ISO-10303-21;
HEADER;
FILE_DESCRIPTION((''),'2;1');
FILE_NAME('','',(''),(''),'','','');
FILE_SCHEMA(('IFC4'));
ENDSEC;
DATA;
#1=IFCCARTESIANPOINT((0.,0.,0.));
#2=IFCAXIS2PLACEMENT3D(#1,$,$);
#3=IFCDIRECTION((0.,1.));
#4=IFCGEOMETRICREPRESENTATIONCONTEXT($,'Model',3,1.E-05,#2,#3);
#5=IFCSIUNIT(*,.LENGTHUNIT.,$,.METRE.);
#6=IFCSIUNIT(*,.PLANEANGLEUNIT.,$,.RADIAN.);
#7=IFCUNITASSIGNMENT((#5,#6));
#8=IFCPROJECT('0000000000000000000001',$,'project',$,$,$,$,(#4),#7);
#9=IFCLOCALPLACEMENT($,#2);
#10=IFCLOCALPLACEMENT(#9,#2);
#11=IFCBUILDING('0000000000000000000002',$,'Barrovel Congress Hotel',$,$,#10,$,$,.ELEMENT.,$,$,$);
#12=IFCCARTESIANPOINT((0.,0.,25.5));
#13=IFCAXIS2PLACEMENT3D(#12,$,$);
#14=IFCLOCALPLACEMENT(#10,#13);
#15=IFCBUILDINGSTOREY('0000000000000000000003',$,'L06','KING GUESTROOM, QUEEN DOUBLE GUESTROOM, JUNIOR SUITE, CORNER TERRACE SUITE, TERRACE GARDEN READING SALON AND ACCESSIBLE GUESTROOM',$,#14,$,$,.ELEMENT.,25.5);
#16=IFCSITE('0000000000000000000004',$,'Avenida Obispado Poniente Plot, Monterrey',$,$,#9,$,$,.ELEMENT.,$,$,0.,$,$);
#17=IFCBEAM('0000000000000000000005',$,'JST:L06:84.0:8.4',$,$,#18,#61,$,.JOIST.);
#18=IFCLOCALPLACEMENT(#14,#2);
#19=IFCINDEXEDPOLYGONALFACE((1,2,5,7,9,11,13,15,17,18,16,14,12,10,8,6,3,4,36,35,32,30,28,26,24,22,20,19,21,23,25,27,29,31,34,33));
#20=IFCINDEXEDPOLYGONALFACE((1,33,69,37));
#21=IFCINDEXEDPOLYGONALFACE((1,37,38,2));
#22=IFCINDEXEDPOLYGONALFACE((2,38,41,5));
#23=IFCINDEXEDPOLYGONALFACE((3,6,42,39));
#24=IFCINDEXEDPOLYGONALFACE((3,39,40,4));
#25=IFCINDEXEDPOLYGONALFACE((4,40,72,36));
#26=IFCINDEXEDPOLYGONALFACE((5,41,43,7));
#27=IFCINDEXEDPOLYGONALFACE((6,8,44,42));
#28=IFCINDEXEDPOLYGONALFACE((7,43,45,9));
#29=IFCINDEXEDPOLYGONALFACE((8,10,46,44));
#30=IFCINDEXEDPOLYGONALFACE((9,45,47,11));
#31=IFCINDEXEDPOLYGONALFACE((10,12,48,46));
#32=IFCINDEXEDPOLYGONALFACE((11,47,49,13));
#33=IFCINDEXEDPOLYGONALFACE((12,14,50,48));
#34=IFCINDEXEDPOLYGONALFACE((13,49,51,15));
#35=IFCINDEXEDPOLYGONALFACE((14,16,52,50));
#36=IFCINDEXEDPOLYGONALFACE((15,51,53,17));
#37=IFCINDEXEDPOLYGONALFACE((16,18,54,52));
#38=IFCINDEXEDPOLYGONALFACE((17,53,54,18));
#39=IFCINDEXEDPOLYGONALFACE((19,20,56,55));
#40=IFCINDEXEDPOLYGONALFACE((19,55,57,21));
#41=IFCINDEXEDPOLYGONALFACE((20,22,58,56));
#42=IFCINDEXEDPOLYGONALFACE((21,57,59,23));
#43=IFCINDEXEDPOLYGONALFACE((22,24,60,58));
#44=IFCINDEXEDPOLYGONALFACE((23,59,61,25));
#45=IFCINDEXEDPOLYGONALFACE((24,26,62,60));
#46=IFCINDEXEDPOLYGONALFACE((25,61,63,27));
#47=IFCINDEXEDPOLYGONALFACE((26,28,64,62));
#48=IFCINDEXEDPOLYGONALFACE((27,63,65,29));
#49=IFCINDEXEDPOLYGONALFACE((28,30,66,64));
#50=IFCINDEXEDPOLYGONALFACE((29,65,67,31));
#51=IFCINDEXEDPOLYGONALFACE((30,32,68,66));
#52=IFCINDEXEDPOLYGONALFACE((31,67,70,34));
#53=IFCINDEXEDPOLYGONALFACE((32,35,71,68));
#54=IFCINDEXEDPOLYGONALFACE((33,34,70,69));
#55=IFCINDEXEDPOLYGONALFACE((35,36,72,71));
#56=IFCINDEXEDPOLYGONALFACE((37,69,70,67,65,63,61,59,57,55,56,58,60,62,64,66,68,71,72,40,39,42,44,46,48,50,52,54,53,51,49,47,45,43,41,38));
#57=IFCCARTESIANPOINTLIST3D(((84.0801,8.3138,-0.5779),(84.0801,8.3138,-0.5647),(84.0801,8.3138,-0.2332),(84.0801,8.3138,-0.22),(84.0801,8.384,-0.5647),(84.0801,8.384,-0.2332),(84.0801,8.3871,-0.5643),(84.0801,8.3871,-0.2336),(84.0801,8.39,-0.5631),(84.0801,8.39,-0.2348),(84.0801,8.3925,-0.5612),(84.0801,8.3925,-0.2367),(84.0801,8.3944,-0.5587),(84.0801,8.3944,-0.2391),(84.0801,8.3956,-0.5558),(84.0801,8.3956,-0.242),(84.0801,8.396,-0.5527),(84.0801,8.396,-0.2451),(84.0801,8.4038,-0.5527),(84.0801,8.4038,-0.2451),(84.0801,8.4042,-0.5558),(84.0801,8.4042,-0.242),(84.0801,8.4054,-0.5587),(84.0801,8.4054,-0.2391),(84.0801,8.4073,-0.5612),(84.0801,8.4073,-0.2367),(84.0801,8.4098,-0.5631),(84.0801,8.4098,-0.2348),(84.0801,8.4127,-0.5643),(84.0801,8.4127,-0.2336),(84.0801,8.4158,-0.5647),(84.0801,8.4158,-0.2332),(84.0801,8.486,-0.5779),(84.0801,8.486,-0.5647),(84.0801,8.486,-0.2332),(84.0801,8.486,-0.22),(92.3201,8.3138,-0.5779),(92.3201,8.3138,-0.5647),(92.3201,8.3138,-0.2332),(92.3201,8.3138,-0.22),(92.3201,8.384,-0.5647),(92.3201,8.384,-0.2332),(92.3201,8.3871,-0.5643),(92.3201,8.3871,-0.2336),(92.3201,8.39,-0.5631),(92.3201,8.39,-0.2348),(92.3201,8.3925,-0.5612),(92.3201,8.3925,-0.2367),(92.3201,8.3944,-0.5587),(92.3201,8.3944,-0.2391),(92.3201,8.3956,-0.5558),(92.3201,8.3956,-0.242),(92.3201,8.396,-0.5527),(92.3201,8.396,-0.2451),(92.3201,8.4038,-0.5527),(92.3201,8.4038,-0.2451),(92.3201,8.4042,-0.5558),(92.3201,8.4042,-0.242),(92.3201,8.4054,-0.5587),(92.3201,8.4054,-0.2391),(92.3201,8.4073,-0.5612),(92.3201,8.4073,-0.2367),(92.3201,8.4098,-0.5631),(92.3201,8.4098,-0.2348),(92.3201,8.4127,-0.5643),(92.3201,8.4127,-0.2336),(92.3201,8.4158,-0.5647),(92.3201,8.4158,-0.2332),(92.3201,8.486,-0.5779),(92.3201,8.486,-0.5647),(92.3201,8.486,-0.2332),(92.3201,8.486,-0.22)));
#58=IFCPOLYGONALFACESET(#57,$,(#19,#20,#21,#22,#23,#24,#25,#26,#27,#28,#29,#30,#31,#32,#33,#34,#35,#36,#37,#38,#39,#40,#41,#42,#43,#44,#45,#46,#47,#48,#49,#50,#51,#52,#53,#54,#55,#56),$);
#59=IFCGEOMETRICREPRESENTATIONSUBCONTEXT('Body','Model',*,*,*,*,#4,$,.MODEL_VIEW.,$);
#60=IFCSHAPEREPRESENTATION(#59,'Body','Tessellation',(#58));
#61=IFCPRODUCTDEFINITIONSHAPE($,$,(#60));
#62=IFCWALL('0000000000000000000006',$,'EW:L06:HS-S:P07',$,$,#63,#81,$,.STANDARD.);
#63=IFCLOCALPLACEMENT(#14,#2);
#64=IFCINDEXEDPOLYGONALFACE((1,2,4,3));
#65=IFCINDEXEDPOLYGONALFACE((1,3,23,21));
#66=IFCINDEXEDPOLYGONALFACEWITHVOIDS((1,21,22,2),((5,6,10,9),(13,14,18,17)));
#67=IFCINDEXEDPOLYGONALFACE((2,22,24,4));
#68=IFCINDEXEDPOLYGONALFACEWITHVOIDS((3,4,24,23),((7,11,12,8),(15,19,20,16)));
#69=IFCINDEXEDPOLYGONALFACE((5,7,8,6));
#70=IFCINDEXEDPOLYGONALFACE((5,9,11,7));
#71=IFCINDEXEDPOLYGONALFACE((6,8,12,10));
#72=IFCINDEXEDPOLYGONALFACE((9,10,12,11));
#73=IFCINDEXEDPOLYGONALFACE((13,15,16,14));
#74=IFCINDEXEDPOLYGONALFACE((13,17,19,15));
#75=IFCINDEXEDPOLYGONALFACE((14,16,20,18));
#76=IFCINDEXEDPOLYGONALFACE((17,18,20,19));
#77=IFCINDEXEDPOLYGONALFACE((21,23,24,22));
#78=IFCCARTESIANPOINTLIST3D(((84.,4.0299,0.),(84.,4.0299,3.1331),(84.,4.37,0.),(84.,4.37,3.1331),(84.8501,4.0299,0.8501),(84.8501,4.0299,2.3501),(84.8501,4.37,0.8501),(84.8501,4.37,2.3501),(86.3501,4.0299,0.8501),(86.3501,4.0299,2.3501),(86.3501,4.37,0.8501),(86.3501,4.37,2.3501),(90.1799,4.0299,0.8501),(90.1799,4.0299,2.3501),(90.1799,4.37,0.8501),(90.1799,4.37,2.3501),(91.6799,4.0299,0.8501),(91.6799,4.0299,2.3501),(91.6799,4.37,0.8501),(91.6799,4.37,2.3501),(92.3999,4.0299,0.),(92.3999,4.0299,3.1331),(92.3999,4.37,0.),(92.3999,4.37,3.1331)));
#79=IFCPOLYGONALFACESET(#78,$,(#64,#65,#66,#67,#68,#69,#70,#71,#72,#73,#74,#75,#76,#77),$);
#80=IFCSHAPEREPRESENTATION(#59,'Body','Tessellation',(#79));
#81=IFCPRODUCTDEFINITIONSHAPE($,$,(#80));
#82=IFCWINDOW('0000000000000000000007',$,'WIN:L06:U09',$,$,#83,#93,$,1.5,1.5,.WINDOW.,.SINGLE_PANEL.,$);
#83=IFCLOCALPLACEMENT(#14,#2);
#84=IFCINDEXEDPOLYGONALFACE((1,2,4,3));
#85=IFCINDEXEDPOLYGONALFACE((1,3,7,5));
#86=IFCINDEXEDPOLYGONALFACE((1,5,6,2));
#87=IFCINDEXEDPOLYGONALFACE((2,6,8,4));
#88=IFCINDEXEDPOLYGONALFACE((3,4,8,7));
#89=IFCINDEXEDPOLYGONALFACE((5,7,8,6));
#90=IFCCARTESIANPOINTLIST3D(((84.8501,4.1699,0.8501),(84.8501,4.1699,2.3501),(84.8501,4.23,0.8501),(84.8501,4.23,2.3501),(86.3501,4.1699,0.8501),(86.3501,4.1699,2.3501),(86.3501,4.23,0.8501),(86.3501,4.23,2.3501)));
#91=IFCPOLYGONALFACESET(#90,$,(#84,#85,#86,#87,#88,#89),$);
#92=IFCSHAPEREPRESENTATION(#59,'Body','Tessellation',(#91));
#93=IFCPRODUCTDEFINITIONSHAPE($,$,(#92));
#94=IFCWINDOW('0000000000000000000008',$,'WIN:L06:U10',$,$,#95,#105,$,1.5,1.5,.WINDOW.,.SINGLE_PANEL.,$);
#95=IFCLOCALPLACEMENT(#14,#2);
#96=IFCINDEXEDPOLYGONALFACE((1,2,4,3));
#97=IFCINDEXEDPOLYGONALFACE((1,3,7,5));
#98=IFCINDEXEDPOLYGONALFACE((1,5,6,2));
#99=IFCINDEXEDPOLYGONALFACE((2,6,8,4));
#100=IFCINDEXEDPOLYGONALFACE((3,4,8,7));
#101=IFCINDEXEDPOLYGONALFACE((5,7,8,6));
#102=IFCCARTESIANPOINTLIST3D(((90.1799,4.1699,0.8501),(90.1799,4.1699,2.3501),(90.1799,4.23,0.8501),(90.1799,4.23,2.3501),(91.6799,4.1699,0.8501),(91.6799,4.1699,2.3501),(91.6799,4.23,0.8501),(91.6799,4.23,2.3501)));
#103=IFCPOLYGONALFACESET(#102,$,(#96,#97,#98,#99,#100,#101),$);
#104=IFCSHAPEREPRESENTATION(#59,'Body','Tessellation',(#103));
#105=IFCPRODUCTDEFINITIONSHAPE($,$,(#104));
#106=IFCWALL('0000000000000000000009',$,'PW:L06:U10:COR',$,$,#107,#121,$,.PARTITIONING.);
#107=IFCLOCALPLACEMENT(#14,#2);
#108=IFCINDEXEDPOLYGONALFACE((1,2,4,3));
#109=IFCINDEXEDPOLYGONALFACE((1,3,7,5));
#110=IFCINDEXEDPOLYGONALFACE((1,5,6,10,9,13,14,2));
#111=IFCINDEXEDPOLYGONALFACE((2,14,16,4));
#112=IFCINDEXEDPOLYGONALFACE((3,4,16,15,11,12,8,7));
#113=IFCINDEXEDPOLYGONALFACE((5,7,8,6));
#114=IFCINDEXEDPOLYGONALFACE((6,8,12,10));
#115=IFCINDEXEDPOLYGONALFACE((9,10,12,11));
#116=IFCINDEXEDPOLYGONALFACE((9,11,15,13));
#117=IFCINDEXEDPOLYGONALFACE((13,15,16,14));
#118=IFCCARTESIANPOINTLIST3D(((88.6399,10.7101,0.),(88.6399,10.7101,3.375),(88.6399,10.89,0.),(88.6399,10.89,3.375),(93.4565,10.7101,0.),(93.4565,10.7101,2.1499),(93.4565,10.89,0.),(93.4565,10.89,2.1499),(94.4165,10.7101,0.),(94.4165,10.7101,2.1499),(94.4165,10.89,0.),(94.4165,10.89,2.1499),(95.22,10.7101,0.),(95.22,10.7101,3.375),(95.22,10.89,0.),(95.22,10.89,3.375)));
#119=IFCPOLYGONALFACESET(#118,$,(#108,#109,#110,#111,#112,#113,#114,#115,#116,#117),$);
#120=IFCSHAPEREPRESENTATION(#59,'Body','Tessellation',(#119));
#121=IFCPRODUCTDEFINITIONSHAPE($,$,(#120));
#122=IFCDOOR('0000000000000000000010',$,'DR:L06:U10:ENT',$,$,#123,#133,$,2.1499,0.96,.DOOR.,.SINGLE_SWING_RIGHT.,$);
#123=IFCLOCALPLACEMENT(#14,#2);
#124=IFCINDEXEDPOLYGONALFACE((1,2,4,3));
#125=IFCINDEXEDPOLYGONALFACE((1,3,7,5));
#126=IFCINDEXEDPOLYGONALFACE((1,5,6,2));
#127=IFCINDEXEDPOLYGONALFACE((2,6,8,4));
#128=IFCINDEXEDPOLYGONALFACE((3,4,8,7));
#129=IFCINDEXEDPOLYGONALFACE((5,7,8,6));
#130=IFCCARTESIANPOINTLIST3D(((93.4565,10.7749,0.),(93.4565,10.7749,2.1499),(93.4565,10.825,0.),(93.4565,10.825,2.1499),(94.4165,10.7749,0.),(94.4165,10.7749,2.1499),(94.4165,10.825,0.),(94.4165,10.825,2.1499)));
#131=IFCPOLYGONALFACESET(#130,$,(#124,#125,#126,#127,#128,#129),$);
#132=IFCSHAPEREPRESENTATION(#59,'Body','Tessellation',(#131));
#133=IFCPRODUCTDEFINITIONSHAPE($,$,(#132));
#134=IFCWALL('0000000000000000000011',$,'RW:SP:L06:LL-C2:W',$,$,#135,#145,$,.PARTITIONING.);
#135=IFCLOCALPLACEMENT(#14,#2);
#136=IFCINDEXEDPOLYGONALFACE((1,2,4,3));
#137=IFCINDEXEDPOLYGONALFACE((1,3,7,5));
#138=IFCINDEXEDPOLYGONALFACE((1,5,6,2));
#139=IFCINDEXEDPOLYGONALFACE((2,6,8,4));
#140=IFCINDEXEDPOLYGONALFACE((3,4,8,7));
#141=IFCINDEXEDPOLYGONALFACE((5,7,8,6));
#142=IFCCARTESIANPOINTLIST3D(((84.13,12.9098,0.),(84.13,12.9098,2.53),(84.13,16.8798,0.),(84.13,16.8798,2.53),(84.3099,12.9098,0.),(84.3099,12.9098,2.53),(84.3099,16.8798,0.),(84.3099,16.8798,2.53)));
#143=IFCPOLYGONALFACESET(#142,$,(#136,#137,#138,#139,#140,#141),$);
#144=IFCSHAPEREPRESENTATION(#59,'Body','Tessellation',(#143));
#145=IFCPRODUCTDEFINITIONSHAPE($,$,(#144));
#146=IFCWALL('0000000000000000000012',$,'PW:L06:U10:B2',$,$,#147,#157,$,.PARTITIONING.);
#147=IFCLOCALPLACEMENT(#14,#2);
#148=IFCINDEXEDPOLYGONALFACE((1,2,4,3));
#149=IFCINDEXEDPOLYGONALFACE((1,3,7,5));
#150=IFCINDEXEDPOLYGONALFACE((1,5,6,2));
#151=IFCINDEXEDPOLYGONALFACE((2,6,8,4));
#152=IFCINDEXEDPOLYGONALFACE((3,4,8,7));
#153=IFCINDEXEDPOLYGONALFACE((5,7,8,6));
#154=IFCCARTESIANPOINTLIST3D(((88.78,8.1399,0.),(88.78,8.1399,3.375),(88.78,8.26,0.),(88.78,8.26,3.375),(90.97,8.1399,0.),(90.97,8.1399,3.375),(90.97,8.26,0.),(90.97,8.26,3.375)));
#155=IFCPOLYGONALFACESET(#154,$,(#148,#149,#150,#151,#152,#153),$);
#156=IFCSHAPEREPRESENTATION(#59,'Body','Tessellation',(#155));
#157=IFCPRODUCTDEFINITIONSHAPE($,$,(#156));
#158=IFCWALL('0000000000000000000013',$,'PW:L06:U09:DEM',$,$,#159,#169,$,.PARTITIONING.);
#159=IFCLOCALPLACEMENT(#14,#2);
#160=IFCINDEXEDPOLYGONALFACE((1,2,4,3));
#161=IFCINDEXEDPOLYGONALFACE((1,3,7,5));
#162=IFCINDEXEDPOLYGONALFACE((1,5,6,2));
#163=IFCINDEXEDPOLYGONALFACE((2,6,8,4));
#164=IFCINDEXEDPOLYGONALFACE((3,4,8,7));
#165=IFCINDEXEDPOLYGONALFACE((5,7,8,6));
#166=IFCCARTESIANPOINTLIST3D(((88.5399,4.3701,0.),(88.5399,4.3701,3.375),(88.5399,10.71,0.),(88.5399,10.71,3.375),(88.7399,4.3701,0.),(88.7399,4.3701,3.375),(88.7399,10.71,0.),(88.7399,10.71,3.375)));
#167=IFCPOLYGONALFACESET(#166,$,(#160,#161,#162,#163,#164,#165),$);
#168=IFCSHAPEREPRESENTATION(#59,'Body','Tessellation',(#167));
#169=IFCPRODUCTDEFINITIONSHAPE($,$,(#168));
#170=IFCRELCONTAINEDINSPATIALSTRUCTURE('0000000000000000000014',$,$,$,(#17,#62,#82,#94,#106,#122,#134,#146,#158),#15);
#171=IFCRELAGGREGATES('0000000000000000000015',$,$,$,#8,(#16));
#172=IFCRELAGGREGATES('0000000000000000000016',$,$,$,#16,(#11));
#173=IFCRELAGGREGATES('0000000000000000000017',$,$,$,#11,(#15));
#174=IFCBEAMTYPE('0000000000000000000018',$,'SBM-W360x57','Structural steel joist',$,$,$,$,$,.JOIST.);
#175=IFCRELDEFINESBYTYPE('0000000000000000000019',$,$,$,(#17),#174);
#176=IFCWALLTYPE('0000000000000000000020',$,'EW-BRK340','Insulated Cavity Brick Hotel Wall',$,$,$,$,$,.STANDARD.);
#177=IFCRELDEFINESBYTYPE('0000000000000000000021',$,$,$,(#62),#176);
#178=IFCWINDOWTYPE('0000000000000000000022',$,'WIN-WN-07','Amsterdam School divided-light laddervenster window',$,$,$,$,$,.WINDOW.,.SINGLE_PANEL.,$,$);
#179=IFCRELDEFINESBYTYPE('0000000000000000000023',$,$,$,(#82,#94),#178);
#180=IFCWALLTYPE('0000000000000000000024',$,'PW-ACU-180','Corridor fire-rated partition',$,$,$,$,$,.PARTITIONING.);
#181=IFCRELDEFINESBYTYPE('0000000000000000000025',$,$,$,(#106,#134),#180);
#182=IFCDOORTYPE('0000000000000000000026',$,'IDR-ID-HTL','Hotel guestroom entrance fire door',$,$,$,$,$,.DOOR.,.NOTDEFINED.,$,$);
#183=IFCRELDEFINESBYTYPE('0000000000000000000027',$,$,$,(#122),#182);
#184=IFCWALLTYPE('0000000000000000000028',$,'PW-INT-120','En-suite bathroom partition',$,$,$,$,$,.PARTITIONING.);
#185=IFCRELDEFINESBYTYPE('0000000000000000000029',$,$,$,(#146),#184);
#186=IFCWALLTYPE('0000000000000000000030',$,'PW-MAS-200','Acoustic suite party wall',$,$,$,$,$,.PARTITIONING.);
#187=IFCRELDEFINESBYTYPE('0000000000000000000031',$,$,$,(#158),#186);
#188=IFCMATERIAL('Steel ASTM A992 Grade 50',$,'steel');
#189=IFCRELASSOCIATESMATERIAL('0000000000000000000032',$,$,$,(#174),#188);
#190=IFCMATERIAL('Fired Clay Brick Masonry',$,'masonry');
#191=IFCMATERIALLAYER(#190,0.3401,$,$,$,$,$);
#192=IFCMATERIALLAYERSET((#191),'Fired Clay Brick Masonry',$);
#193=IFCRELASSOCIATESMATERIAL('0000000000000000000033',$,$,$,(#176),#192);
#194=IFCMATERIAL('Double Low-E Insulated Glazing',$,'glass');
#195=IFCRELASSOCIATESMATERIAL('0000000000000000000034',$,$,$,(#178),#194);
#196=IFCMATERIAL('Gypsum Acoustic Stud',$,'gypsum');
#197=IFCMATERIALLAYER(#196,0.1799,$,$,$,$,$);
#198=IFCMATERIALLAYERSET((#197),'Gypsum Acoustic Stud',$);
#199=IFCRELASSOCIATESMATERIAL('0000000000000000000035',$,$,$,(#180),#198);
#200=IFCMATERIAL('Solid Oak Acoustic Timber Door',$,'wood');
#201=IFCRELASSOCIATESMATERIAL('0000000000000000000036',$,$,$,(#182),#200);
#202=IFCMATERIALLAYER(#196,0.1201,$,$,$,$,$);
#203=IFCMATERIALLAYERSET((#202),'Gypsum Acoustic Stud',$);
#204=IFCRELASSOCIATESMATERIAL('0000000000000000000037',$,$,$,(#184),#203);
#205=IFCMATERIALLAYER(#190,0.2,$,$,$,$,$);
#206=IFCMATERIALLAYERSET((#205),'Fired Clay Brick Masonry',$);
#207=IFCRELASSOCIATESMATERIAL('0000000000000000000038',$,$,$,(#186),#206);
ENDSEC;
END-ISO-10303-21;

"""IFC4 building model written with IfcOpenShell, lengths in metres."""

from ifc_helpers import new_model, si_unit, direction, frame, frame_2d, origin, origin_2d, place, context, subcontext, project, spatial, rectangle, i_section, extrude, material, layer, layer_set, material_profile, profile_set, type_object, element, fill, save


model = new_model("IFC4")

# Units and contexts
model_context = context("Model", 3, precision=1e-05, world=origin(), true_north=direction((0.0, 1.0)))
body_context = subcontext(model_context, "Body", "Model", "MODEL_VIEW")
ifc_project = project(units=[si_unit("LENGTHUNIT", "METRE"), si_unit("PLANEANGLEUNIT", "RADIAN")], contexts=[model_context])

# Site, building, storey
site_placement = place(None, origin())
site = spatial("IfcSite", under=ifc_project, at=site_placement, Name="Avenida Obispado Poniente Plot, Monterrey", CompositionType="ELEMENT", RefElevation=0.0)
building_placement = place(site_placement, origin())
building = spatial("IfcBuilding", under=site, at=building_placement, Name="Barrovel Congress Hotel", CompositionType="ELEMENT")
storey_placement = place(building_placement, frame((0.0, 0.0, 25.5)))
storey = spatial("IfcBuildingStorey", under=building, at=storey_placement, Name="L06", Description="KING GUESTROOM, QUEEN DOUBLE GUESTROOM, JUNIOR SUITE, CORNER TERRACE SUITE, TERRACE GARDEN READING SALON AND ACCESSIBLE GUESTROOM", CompositionType="ELEMENT", Elevation=25.5)

# Beam
ifc_material_1 = material(Name="Steel ASTM A992 Grade 50", Category="steel")
ifc_material_profile_1 = material_profile(ifc_material_1, i_section(OverallWidth=0.1721, OverallDepth=0.3579, WebThickness=0.0078, FlangeThickness=0.0132, FilletRadius=0.012, at=origin_2d()), Name="W360x57")
ifc_profile_set_1 = profile_set([ifc_material_profile_1], Name="Steel ASTM A992 Grade 50")
beam_type_1 = type_object("IfcBeamType", Name="SBM-W360x57", Description="Structural steel joist", PredefinedType="JOIST", material=ifc_profile_set_1)
beam_1_placement = place(storey_placement, frame((84.0801, 8.3999, -0.3989), z_axis=(1.0, 0.0, 0.0), x_axis=(0.0, 1.0, 0.0)))
element("IfcBeam", 1, at=beam_1_placement, inside=storey, type_object=beam_type_1, Name="JST:L06:84.0:8.4", PredefinedType="JOIST", context=body_context, shape_type="SweptSolid", body=[
    extrude(i_section(OverallWidth=0.1721, OverallDepth=0.3579, WebThickness=0.0078, FlangeThickness=0.0132, FilletRadius=0.012, at=origin_2d()), origin(), (0.0, 0.0, 1.0), 8.24),
])

# Wall, openings, windows
ifc_material_2 = material(Name="Fired Clay Brick Masonry", Category="masonry")
ifc_layer_1 = layer(ifc_material_2, 0.3401)
ifc_layer_set_1 = layer_set([ifc_layer_1], Name="Fired Clay Brick Masonry")
wall_type_1 = type_object("IfcWallType", Name="EW-BRK340", Description="Insulated Cavity Brick Hotel Wall", PredefinedType="STANDARD", material=ifc_layer_set_1)
wall_1_placement = place(storey_placement, frame((84.0, 4.2, 0.0), z_axis=(0.0, 0.0, 1.0), x_axis=(1.0, 0.0, 0.0)))
wall_1 = element("IfcWall", 2, at=wall_1_placement, inside=storey, type_object=wall_type_1, Name="EW:L06:HS-S:P07", PredefinedType="STANDARD", context=body_context, shape_type="SweptSolid", body=[
    extrude(rectangle(XDim=8.3999, YDim=0.3401, at=frame_2d((4.2, 0.0))), origin(), (0.0, 0.0, 1.0), 3.1331),
])
opening_1_placement = place(wall_1_placement, frame((0.8501, 0.0, 0.8501)))
opening_1 = element("IfcOpeningElement", 3, at=opening_1_placement, cuts=wall_1, PredefinedType="OPENING", context=body_context, shape_type="SweptSolid", body=[
    extrude(rectangle(XDim=1.5, YDim=1.5, at=frame_2d((0.75, 0.75))), frame((0.0, 0.1802, 0.0), z_axis=(0.0, -1.0, 0.0), x_axis=(1.0, 0.0, 0.0)), (0.0, 0.0, 1.0), 0.3601),
])
opening_2_placement = place(wall_1_placement, frame((6.1799, 0.0, 0.8501)))
opening_2 = element("IfcOpeningElement", 4, at=opening_2_placement, cuts=wall_1, PredefinedType="OPENING", context=body_context, shape_type="SweptSolid", body=[
    extrude(rectangle(XDim=1.5, YDim=1.5, at=frame_2d((0.75, 0.75))), frame((0.0, 0.1802, 0.0), z_axis=(0.0, -1.0, 0.0), x_axis=(1.0, 0.0, 0.0)), (0.0, 0.0, 1.0), 0.3601),
])
ifc_material_3 = material(Name="Double Low-E Insulated Glazing", Category="glass")
window_type = type_object("IfcWindowType", Name="WIN-WN-07", Description="Amsterdam School divided-light laddervenster window", PartitioningType="SINGLE_PANEL", PredefinedType="WINDOW", material=ifc_material_3)
window_1_placement = place(opening_1_placement, origin())
window_1 = element("IfcWindow", 5, at=window_1_placement, inside=storey, type_object=window_type, Name="WIN:L06:U09", OverallHeight=1.5, OverallWidth=1.5, PartitioningType="SINGLE_PANEL", PredefinedType="WINDOW", context=body_context, shape_type="SweptSolid", body=[
    extrude(rectangle(XDim=1.5, YDim=1.5, at=frame_2d((0.75, 0.75))), frame((0.0, 0.03, 0.0), z_axis=(0.0, -1.0, 0.0), x_axis=(1.0, 0.0, 0.0)), (0.0, 0.0, 1.0), 0.0601),
])
fill(opening_1, window_1)
window_2_placement = place(opening_2_placement, origin())
window_2 = element("IfcWindow", 6, at=window_2_placement, inside=storey, type_object=window_type, Name="WIN:L06:U10", OverallHeight=1.5, OverallWidth=1.5, PartitioningType="SINGLE_PANEL", PredefinedType="WINDOW", context=body_context, shape_type="SweptSolid", body=[
    extrude(rectangle(XDim=1.5, YDim=1.5, at=frame_2d((0.75, 0.75))), frame((0.0, 0.03, 0.0), z_axis=(0.0, -1.0, 0.0), x_axis=(1.0, 0.0, 0.0)), (0.0, 0.0, 1.0), 0.0601),
])
fill(opening_2, window_2)

# Wall, opening, door
ifc_material_4 = material(Name="Gypsum Acoustic Stud", Category="gypsum")
ifc_layer_2 = layer(ifc_material_4, 0.1799)
ifc_layer_set_2 = layer_set([ifc_layer_2], Name="Gypsum Acoustic Stud")
wall_type_2 = type_object("IfcWallType", Name="PW-ACU-180", Description="Corridor fire-rated partition", PredefinedType="PARTITIONING", material=ifc_layer_set_2)
wall_2_placement = place(storey_placement, frame((88.6399, 10.8, 0.0), z_axis=(0.0, 0.0, 1.0), x_axis=(1.0, 0.0, 0.0)))
wall_2 = element("IfcWall", 7, at=wall_2_placement, inside=storey, type_object=wall_type_2, Name="PW:L06:U10:COR", PredefinedType="PARTITIONING", context=body_context, shape_type="SweptSolid", body=[
    extrude(rectangle(XDim=6.5801, YDim=0.1799, at=frame_2d((3.29, 0.0))), origin(), (0.0, 0.0, 1.0), 3.375),
])
opening_3_placement = place(wall_2_placement, frame((4.8167, 0.0, 0.0)))
opening_3 = element("IfcOpeningElement", 8, at=opening_3_placement, cuts=wall_2, PredefinedType="OPENING", context=body_context, shape_type="SweptSolid", body=[
    extrude(rectangle(XDim=0.96, YDim=2.1499, at=frame_2d((0.48, 1.075))), frame((0.0, 0.1001, 0.0), z_axis=(0.0, -1.0, 0.0), x_axis=(1.0, 0.0, 0.0)), (0.0, 0.0, 1.0), 0.2),
])
ifc_material_5 = material(Name="Solid Oak Acoustic Timber Door", Category="wood")
door_type_1 = type_object("IfcDoorType", Name="IDR-ID-HTL", Description="Hotel guestroom entrance fire door", OperationType="NOTDEFINED", PredefinedType="DOOR", material=ifc_material_5)
door_1_placement = place(opening_3_placement, origin())
door_1 = element("IfcDoor", 9, at=door_1_placement, inside=storey, type_object=door_type_1, Name="DR:L06:U10:ENT", OperationType="SINGLE_SWING_RIGHT", OverallHeight=2.1499, OverallWidth=0.96, PredefinedType="DOOR", context=body_context, shape_type="SweptSolid", body=[
    extrude(rectangle(XDim=0.96, YDim=2.1499, at=frame_2d((0.48, 1.075))), frame((0.0, 0.0249, 0.0), z_axis=(0.0, -1.0, 0.0), x_axis=(1.0, 0.0, 0.0)), (0.0, 0.0, 1.0), 0.05),
])
fill(opening_3, door_1)

# Wall
wall_3_placement = place(storey_placement, frame((84.22, 12.9099, 0.0), z_axis=(0.0, 0.0, 1.0), x_axis=(0.0, 1.0, 0.0)))
element("IfcWall", 10, at=wall_3_placement, inside=storey, type_object=wall_type_2, Name="RW:SP:L06:LL-C2:W", PredefinedType="PARTITIONING", context=body_context, shape_type="SweptSolid", body=[
    extrude(rectangle(XDim=3.97, YDim=0.1799, at=frame_2d((1.9849, 0.0))), origin(), (0.0, 0.0, 1.0), 2.53),
])

# Walls
ifc_layer_3 = layer(ifc_material_4, 0.1201)
ifc_layer_set_3 = layer_set([ifc_layer_3], Name="Gypsum Acoustic Stud")
wall_type_3 = type_object("IfcWallType", Name="PW-INT-120", Description="En-suite bathroom partition", PredefinedType="PARTITIONING", material=ifc_layer_set_3)
wall_4_placement = place(storey_placement, frame((88.78, 8.2, 0.0), z_axis=(0.0, 0.0, 1.0), x_axis=(1.0, 0.0, 0.0)))
element("IfcWall", 11, at=wall_4_placement, inside=storey, type_object=wall_type_3, Name="PW:L06:U10:B2", PredefinedType="PARTITIONING", context=body_context, shape_type="SweptSolid", body=[
    extrude(rectangle(XDim=2.1899, YDim=0.1201, at=frame_2d((1.095, 0.0))), origin(), (0.0, 0.0, 1.0), 3.375),
])
ifc_layer_4 = layer(ifc_material_2, 0.2)
ifc_layer_set_4 = layer_set([ifc_layer_4], Name="Fired Clay Brick Masonry")
wall_type_4 = type_object("IfcWallType", Name="PW-MAS-200", Description="Acoustic suite party wall", PredefinedType="PARTITIONING", material=ifc_layer_set_4)
wall_5_placement = place(storey_placement, frame((88.6399, 4.3701, 0.0), z_axis=(0.0, 0.0, 1.0), x_axis=(0.0, 1.0, 0.0)))
element("IfcWall", 12, at=wall_5_placement, inside=storey, type_object=wall_type_4, Name="PW:L06:U09:DEM", PredefinedType="PARTITIONING", context=body_context, shape_type="SweptSolid", body=[
    extrude(rectangle(XDim=6.3398, YDim=0.2, at=frame_2d((3.1699, 0.0))), origin(), (0.0, 0.0, 1.0), 3.375),
])

save(model, "model.ifc")
